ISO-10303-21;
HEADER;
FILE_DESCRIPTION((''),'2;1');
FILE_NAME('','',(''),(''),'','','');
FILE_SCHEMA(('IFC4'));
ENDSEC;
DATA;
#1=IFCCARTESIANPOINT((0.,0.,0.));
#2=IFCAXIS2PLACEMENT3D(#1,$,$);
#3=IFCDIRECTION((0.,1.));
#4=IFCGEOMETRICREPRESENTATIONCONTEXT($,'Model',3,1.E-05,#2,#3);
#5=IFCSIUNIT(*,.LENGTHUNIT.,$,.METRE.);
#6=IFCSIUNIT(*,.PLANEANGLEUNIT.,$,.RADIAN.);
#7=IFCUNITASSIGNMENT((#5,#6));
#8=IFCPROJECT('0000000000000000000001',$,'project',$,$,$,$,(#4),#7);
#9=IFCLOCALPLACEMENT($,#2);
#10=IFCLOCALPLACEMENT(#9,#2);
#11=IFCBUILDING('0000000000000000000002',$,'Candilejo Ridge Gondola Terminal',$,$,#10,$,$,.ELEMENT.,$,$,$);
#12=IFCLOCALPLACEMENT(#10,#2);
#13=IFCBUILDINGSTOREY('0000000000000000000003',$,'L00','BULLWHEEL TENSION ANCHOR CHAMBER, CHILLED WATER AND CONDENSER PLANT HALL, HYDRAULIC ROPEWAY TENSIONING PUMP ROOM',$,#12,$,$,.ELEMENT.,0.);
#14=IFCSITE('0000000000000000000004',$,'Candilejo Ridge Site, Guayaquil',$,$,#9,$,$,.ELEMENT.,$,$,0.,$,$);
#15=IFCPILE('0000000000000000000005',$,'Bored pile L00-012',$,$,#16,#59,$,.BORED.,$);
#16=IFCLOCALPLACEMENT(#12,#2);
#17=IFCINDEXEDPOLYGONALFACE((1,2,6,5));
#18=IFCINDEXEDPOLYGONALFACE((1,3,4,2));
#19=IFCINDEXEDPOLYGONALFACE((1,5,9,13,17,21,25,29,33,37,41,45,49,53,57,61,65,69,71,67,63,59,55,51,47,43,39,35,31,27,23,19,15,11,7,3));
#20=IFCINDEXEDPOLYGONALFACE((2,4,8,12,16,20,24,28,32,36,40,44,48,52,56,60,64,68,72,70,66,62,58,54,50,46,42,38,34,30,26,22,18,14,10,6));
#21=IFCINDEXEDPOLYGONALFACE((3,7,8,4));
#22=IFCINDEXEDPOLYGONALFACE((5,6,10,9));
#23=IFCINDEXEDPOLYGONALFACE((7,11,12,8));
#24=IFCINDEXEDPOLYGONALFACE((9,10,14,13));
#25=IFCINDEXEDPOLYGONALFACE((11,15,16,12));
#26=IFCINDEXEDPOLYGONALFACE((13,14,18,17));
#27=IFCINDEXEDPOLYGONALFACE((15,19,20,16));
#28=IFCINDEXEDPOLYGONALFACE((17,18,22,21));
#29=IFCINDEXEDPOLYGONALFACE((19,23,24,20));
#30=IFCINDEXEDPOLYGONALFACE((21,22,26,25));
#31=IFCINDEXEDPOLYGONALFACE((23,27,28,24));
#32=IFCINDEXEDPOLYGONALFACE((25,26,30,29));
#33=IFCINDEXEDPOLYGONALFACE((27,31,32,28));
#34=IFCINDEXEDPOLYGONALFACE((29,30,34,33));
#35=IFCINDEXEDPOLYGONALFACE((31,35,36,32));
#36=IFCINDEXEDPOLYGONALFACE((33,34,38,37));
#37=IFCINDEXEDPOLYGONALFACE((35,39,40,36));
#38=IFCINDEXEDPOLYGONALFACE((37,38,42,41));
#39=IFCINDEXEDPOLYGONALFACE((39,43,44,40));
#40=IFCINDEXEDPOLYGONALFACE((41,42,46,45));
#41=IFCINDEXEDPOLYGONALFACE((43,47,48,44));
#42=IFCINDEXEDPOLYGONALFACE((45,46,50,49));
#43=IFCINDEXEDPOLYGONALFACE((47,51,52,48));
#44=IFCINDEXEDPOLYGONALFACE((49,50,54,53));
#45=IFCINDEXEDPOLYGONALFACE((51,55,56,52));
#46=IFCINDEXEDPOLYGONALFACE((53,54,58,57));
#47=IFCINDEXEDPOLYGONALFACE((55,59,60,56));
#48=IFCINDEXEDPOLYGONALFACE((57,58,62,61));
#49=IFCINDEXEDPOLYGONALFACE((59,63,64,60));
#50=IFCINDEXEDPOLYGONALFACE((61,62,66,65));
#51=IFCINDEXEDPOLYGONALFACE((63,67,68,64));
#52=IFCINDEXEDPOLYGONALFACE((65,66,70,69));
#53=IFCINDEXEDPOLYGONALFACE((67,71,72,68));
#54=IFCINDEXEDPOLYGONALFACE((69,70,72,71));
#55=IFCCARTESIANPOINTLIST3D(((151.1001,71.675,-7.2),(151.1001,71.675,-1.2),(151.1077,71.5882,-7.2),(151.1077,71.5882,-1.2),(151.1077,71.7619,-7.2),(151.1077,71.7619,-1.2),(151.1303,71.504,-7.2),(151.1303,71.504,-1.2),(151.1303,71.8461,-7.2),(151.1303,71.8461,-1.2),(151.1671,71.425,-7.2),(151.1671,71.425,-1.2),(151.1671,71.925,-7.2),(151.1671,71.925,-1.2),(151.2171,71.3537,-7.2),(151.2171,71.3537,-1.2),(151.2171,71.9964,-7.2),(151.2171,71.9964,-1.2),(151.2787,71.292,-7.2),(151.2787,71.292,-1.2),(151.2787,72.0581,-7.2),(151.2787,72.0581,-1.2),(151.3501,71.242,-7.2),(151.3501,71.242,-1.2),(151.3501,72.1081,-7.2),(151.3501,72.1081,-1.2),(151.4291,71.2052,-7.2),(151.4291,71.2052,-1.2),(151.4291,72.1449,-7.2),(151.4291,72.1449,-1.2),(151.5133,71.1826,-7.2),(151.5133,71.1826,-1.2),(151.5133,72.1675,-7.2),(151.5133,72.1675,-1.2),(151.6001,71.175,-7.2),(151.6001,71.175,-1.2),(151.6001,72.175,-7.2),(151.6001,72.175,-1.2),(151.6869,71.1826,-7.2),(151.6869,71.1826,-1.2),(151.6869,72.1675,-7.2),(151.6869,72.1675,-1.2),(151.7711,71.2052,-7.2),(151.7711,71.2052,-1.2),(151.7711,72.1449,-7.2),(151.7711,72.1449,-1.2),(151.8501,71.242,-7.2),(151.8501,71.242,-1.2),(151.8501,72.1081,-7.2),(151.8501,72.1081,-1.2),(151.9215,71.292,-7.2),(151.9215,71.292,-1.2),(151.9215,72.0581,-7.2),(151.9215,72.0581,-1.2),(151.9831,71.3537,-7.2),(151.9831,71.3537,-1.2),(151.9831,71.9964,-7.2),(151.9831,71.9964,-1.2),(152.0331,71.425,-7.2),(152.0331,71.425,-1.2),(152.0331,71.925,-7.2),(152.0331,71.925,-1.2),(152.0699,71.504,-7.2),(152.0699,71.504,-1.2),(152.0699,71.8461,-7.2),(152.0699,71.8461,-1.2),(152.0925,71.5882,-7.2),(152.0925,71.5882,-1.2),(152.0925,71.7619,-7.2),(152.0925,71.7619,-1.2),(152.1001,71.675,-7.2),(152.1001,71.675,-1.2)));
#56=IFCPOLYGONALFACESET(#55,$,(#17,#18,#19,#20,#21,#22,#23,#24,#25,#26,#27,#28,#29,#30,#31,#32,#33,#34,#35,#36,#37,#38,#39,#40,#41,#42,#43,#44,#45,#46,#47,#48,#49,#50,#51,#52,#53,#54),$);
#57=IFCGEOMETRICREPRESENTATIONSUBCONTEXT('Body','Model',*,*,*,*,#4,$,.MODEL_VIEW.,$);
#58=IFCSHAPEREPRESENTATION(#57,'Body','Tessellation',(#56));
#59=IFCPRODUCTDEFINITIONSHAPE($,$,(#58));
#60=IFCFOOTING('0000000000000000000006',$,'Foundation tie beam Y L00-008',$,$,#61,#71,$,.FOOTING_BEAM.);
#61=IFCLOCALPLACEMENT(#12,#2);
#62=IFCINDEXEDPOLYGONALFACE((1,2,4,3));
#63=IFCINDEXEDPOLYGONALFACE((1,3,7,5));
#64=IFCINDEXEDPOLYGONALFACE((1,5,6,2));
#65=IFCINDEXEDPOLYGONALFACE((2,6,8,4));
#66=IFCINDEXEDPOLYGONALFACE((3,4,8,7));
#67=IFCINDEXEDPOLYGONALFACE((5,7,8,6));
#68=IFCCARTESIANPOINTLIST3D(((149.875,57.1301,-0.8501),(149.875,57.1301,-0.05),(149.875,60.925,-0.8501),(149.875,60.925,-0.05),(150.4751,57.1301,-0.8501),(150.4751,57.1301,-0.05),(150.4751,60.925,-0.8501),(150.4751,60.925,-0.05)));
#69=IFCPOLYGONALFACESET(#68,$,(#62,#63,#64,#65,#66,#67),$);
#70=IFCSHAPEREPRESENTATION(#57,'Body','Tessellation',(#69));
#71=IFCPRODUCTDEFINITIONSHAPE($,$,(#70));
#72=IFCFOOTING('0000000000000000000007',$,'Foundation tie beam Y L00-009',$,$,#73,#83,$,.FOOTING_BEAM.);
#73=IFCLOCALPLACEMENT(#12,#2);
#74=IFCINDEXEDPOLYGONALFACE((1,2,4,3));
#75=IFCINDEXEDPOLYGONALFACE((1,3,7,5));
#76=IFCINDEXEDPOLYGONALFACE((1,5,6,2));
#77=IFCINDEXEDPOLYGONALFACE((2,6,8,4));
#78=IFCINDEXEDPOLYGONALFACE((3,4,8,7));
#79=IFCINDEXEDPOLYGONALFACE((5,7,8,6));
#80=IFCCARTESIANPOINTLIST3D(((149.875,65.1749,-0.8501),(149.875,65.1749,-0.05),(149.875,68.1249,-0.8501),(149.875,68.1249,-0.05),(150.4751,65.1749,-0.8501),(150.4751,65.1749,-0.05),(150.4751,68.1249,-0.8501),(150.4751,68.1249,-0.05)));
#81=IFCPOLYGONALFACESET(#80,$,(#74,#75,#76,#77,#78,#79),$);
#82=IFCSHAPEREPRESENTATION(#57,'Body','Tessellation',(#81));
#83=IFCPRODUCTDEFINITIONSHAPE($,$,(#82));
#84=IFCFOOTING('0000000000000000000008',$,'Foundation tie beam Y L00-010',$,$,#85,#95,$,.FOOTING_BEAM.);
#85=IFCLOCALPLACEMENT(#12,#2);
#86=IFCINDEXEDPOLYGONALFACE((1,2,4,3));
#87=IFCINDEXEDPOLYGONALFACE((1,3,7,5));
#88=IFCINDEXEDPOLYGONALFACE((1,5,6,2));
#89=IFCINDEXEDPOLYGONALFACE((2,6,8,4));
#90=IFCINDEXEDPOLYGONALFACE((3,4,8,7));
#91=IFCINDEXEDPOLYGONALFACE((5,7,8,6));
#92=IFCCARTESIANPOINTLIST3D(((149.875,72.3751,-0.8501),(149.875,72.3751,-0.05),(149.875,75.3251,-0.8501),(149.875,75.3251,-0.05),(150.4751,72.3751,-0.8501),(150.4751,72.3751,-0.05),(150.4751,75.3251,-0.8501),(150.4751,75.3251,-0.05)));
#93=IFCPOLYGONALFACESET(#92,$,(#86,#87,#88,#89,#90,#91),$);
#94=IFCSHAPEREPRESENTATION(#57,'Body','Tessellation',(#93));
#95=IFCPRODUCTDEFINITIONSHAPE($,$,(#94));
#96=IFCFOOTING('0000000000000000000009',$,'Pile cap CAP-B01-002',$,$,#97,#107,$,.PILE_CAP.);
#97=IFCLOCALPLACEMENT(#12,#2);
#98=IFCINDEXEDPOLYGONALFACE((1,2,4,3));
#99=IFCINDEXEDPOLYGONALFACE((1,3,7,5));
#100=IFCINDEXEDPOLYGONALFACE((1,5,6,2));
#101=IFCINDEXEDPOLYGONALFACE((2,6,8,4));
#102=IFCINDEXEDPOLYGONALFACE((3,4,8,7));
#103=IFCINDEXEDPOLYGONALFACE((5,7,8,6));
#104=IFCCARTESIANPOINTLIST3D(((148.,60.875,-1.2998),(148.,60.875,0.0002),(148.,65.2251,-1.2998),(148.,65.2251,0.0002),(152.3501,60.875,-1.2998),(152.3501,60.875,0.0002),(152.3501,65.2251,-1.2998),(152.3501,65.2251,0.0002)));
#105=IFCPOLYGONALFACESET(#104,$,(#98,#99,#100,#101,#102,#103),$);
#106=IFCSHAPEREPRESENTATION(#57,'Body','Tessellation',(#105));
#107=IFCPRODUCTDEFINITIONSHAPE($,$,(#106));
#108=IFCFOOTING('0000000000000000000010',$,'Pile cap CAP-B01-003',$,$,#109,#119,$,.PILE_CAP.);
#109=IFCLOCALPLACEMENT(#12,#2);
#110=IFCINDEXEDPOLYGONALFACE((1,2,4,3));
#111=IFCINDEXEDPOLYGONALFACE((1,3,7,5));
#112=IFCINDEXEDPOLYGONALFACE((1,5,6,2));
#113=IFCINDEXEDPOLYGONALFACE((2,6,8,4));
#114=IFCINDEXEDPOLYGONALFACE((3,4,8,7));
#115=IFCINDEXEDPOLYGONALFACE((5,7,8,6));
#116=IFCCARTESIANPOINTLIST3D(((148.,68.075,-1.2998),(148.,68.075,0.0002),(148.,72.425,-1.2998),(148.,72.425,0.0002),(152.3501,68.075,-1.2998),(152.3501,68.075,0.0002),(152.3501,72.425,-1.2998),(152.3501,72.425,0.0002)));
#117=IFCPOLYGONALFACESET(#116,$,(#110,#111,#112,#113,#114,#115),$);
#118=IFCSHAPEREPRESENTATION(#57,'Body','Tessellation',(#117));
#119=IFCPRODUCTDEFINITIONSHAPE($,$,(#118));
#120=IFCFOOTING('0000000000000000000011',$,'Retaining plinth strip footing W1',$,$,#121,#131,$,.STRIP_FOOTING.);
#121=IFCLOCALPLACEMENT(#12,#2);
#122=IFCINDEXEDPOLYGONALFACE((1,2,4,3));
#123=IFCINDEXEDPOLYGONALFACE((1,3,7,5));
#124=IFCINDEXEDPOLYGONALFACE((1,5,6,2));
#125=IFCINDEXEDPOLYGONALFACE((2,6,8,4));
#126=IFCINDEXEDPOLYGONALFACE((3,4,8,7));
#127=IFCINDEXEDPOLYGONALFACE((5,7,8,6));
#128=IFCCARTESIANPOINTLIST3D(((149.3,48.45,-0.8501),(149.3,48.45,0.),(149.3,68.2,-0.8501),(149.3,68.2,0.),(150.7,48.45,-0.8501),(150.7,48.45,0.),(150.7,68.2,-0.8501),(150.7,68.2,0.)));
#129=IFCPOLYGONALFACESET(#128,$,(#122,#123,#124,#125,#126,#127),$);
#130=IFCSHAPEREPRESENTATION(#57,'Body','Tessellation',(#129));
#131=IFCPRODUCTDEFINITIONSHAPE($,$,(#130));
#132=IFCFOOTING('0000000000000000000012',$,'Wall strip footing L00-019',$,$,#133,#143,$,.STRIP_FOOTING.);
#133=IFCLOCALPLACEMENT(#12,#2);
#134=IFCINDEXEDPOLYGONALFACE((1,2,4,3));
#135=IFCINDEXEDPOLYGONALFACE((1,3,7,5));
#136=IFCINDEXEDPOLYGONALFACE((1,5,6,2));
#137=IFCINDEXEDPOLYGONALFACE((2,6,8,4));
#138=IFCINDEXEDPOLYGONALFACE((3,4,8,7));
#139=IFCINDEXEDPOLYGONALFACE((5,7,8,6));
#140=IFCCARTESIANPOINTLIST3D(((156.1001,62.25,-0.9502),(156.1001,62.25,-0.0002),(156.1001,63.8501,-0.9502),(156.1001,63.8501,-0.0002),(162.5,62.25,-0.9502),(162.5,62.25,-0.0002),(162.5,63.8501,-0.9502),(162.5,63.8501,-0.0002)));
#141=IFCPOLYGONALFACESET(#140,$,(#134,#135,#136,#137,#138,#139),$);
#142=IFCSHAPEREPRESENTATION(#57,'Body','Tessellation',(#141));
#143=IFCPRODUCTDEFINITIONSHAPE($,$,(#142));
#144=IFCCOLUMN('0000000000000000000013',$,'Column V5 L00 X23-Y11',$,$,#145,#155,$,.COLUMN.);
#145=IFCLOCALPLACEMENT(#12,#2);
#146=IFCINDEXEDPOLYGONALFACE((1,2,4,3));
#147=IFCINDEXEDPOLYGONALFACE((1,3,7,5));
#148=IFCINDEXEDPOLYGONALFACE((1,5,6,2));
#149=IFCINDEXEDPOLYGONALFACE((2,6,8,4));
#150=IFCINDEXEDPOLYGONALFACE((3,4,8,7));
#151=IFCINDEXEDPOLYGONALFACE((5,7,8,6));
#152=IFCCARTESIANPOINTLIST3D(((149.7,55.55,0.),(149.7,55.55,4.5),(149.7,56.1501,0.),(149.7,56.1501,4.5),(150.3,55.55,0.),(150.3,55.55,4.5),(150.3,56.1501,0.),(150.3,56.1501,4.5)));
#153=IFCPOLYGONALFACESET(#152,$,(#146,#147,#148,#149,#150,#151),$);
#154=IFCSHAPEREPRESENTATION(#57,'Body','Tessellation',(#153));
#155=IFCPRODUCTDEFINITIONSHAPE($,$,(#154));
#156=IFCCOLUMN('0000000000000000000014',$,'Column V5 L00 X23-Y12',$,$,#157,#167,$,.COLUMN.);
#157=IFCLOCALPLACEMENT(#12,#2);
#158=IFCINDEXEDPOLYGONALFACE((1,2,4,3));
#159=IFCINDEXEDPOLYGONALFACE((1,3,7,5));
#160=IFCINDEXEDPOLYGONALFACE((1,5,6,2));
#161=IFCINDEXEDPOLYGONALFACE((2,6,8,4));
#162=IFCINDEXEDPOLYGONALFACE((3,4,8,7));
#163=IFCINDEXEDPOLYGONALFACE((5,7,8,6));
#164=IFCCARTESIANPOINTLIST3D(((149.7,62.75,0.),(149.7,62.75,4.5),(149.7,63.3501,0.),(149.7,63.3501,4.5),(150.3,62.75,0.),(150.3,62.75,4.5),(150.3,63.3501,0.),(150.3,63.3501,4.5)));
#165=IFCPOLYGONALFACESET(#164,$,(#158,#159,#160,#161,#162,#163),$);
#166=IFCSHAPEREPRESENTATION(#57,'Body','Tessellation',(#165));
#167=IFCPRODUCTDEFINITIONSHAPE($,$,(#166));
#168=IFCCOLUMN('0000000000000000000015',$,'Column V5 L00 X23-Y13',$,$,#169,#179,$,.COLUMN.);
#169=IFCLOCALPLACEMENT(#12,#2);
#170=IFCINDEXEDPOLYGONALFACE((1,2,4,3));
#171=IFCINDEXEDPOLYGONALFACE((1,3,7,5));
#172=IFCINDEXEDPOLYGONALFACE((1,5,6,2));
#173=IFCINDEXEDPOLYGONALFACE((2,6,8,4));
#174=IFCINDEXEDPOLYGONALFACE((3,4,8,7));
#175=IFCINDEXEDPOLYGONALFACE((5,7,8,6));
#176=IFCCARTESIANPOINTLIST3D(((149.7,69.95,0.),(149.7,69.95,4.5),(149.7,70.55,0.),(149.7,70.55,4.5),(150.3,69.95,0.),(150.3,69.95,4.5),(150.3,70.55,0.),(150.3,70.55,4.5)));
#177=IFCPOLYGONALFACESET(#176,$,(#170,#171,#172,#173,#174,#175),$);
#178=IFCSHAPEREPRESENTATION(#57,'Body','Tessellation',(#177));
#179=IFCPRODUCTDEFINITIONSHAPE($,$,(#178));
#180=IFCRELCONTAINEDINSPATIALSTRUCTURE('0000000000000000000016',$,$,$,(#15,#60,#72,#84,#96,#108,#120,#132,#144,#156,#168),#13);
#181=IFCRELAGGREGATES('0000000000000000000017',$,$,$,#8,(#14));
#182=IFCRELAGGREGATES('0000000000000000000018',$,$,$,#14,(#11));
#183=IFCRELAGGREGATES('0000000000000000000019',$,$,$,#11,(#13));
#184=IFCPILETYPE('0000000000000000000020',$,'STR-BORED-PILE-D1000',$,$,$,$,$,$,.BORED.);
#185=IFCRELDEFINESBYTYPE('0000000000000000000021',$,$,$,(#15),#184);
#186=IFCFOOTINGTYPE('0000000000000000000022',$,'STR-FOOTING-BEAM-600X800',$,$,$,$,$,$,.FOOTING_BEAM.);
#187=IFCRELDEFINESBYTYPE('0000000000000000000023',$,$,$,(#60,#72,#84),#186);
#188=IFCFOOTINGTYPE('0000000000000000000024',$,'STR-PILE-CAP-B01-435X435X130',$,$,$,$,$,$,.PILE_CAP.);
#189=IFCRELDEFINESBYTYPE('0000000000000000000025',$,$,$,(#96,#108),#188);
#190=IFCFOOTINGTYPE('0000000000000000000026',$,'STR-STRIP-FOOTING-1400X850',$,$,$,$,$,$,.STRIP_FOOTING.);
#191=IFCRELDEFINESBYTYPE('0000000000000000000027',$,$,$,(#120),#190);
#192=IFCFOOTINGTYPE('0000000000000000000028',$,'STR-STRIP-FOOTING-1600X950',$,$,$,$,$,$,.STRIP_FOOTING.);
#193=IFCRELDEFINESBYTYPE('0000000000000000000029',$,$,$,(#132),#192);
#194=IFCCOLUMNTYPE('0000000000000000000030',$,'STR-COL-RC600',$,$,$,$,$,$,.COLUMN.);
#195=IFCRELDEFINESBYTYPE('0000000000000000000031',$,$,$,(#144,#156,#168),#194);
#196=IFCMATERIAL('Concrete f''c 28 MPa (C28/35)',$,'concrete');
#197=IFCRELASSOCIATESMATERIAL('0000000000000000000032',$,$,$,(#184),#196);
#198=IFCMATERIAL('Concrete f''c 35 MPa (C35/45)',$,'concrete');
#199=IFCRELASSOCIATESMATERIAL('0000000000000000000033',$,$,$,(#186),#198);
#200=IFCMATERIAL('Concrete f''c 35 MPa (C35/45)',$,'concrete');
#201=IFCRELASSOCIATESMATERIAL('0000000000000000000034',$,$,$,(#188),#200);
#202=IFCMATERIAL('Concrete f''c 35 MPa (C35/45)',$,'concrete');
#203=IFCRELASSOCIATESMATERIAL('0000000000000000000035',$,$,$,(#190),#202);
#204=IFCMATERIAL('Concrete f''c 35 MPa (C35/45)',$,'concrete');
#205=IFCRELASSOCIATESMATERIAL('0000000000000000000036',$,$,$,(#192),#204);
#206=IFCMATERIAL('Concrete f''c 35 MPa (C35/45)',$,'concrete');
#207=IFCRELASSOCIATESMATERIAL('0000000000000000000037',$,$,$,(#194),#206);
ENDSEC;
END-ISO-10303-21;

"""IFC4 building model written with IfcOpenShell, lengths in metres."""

from ifc_helpers import new_model, si_unit, direction, frame, origin, origin_2d, place, context, subcontext, project, spatial, rectangle, circle, extrude, material, material_profile, profile_set, type_object, element, save


model = new_model("IFC4")

# Units and contexts
model_context = context("Model", 3, precision=1e-05, world=origin(), true_north=direction((0.0, 1.0)))
body_context = subcontext(model_context, "Body", "Model", "MODEL_VIEW")
ifc_project = project(units=[si_unit("LENGTHUNIT", "METRE"), si_unit("PLANEANGLEUNIT", "RADIAN")], contexts=[model_context])

# Site, building, storey
site_placement = place(None, origin())
site = spatial("IfcSite", under=ifc_project, at=site_placement, Name="Candilejo Ridge Site, Guayaquil", CompositionType="ELEMENT", RefElevation=0.0)
building_placement = place(site_placement, origin())
building = spatial("IfcBuilding", under=site, at=building_placement, Name="Candilejo Ridge Gondola Terminal", CompositionType="ELEMENT")
storey_placement = place(building_placement, origin())
storey = spatial("IfcBuildingStorey", under=building, at=storey_placement, Name="L00", Description="BULLWHEEL TENSION ANCHOR CHAMBER, CHILLED WATER AND CONDENSER PLANT HALL, HYDRAULIC ROPEWAY TENSIONING PUMP ROOM", CompositionType="ELEMENT", Elevation=0.0)

# Pile
ifc_material_1 = material(Name="Concrete f'c 28 MPa (C28/35)", Category="concrete")
ifc_material_profile_1 = material_profile(ifc_material_1, circle(Radius=0.5, at=origin_2d()))
ifc_profile_set_1 = profile_set([ifc_material_profile_1], Name="Concrete f'c 28 MPa (C28/35)")
pile_type = type_object("IfcPileType", Name="STR-BORED-PILE-D1000", PredefinedType="BORED", material=ifc_profile_set_1)
for number, where, z_axis, x_axis, name in (
    (1, (151.6001, 71.675, -1.2), (0.0, 0.0, -1.0), (1.0, 0.0, 0.0), "Bored pile L00-012"),
):
    element("IfcPile", number, at=place(storey_placement, frame(where, z_axis=z_axis, x_axis=x_axis)), inside=storey, type_object=pile_type, Name=name, PredefinedType="BORED", context=body_context, shape_type="SweptSolid", body=[
        extrude(circle(Radius=0.5, at=origin_2d()), origin(), (0.0, 0.0, 1.0), 6.0),
    ])

# Footings
ifc_material_2 = material(Name="Concrete f'c 35 MPa (C35/45)", Category="concrete")
footing_type_1 = type_object("IfcFootingType", Name="STR-FOOTING-BEAM-600X800", PredefinedType="FOOTING_BEAM", material=ifc_material_2)
footing_1_placement = place(storey_placement, frame((150.175, 59.0276, -0.8501), z_axis=(0.0, 0.0, 1.0), x_axis=(1.0, 0.0, 0.0)))
element("IfcFooting", 2, at=footing_1_placement, inside=storey, type_object=footing_type_1, Name="Foundation tie beam Y L00-008", PredefinedType="FOOTING_BEAM", context=body_context, shape_type="SweptSolid", body=[
    extrude(rectangle(XDim=0.6001, YDim=3.7949, at=origin_2d()), origin(), (0.0, 0.0, 1.0), 0.8),
])
for number, where, z_axis, x_axis, name in (
    (3, (150.175, 66.6499, -0.8501), (0.0, 0.0, 1.0), (1.0, 0.0, 0.0), "Foundation tie beam Y L00-009"),
    (4, (150.175, 73.8501, -0.8501), (0.0, 0.0, 1.0), (1.0, 0.0, 0.0), "Foundation tie beam Y L00-010"),
):
    element("IfcFooting", number, at=place(storey_placement, frame(where, z_axis=z_axis, x_axis=x_axis)), inside=storey, type_object=footing_type_1, Name=name, PredefinedType="FOOTING_BEAM", context=body_context, shape_type="SweptSolid", body=[
        extrude(rectangle(XDim=0.6001, YDim=2.95, at=origin_2d()), origin(), (0.0, 0.0, 1.0), 0.8),
    ])
ifc_material_3 = material(Name="Concrete f'c 35 MPa (C35/45)", Category="concrete")
footing_type_2 = type_object("IfcFootingType", Name="STR-PILE-CAP-B01-435X435X130", PredefinedType="PILE_CAP", material=ifc_material_3)
for number, where, z_axis, x_axis, name in (
    (5, (150.175, 63.05, -1.2998), (0.0, 0.0, 1.0), (1.0, 0.0, 0.0), "Pile cap CAP-B01-002"),
    (6, (150.175, 70.25, -1.2998), (0.0, 0.0, 1.0), (1.0, 0.0, 0.0), "Pile cap CAP-B01-003"),
):
    element("IfcFooting", number, at=place(storey_placement, frame(where, z_axis=z_axis, x_axis=x_axis)), inside=storey, type_object=footing_type_2, Name=name, PredefinedType="PILE_CAP", context=body_context, shape_type="SweptSolid", body=[
        extrude(rectangle(XDim=4.3501, YDim=4.3501, at=origin_2d()), origin(), (0.0, 0.0, 1.0), 1.3),
    ])
ifc_material_4 = material(Name="Concrete f'c 35 MPa (C35/45)", Category="concrete")
footing_type_3 = type_object("IfcFootingType", Name="STR-STRIP-FOOTING-1400X850", PredefinedType="STRIP_FOOTING", material=ifc_material_4)
footing_2_placement = place(storey_placement, frame((150.0, 58.325, -0.8501), z_axis=(0.0, 0.0, 1.0), x_axis=(1.0, 0.0, 0.0)))
element("IfcFooting", 7, at=footing_2_placement, inside=storey, type_object=footing_type_3, Name="Retaining plinth strip footing W1", PredefinedType="STRIP_FOOTING", context=body_context, shape_type="SweptSolid", body=[
    extrude(rectangle(XDim=1.3999, YDim=19.75, at=origin_2d()), origin(), (0.0, 0.0, 1.0), 0.8501),
])
ifc_material_5 = material(Name="Concrete f'c 35 MPa (C35/45)", Category="concrete")
footing_type_4 = type_object("IfcFootingType", Name="STR-STRIP-FOOTING-1600X950", PredefinedType="STRIP_FOOTING", material=ifc_material_5)
footing_3_placement = place(storey_placement, frame((159.3, 63.05, -0.9502), z_axis=(0.0, 0.0, 1.0), x_axis=(1.0, 0.0, 0.0)))
element("IfcFooting", 8, at=footing_3_placement, inside=storey, type_object=footing_type_4, Name="Wall strip footing L00-019", PredefinedType="STRIP_FOOTING", context=body_context, shape_type="SweptSolid", body=[
    extrude(rectangle(XDim=6.3999, YDim=1.6001, at=origin_2d()), origin(), (0.0, 0.0, 1.0), 0.95),
])

# Columns
ifc_material_6 = material(Name="Concrete f'c 35 MPa (C35/45)", Category="concrete")
ifc_material_profile_2 = material_profile(ifc_material_6, rectangle(XDim=0.6001, YDim=0.6001, at=origin_2d()))
ifc_profile_set_2 = profile_set([ifc_material_profile_2], Name="Concrete f'c 35 MPa (C35/45)")
column_type = type_object("IfcColumnType", Name="STR-COL-RC600", PredefinedType="COLUMN", material=ifc_profile_set_2)
for number, where, z_axis, x_axis, name in (
    (9, (150.0, 55.8501, 0.0), (0.0, 0.0, 1.0), (1.0, 0.0, 0.0), "Column V5 L00 X23-Y11"),
    (10, (150.0, 63.05, 0.0), (0.0, 0.0, 1.0), (1.0, 0.0, 0.0), "Column V5 L00 X23-Y12"),
    (11, (150.0, 70.25, 0.0), (0.0, 0.0, 1.0), (1.0, 0.0, 0.0), "Column V5 L00 X23-Y13"),
):
    element("IfcColumn", number, at=place(storey_placement, frame(where, z_axis=z_axis, x_axis=x_axis)), inside=storey, type_object=column_type, Name=name, PredefinedType="COLUMN", context=body_context, shape_type="SweptSolid", body=[
        extrude(rectangle(XDim=0.6001, YDim=0.6001, at=origin_2d()), origin(), (0.0, 0.0, 1.0), 4.5),
    ])

save(model, "model.ifc")
